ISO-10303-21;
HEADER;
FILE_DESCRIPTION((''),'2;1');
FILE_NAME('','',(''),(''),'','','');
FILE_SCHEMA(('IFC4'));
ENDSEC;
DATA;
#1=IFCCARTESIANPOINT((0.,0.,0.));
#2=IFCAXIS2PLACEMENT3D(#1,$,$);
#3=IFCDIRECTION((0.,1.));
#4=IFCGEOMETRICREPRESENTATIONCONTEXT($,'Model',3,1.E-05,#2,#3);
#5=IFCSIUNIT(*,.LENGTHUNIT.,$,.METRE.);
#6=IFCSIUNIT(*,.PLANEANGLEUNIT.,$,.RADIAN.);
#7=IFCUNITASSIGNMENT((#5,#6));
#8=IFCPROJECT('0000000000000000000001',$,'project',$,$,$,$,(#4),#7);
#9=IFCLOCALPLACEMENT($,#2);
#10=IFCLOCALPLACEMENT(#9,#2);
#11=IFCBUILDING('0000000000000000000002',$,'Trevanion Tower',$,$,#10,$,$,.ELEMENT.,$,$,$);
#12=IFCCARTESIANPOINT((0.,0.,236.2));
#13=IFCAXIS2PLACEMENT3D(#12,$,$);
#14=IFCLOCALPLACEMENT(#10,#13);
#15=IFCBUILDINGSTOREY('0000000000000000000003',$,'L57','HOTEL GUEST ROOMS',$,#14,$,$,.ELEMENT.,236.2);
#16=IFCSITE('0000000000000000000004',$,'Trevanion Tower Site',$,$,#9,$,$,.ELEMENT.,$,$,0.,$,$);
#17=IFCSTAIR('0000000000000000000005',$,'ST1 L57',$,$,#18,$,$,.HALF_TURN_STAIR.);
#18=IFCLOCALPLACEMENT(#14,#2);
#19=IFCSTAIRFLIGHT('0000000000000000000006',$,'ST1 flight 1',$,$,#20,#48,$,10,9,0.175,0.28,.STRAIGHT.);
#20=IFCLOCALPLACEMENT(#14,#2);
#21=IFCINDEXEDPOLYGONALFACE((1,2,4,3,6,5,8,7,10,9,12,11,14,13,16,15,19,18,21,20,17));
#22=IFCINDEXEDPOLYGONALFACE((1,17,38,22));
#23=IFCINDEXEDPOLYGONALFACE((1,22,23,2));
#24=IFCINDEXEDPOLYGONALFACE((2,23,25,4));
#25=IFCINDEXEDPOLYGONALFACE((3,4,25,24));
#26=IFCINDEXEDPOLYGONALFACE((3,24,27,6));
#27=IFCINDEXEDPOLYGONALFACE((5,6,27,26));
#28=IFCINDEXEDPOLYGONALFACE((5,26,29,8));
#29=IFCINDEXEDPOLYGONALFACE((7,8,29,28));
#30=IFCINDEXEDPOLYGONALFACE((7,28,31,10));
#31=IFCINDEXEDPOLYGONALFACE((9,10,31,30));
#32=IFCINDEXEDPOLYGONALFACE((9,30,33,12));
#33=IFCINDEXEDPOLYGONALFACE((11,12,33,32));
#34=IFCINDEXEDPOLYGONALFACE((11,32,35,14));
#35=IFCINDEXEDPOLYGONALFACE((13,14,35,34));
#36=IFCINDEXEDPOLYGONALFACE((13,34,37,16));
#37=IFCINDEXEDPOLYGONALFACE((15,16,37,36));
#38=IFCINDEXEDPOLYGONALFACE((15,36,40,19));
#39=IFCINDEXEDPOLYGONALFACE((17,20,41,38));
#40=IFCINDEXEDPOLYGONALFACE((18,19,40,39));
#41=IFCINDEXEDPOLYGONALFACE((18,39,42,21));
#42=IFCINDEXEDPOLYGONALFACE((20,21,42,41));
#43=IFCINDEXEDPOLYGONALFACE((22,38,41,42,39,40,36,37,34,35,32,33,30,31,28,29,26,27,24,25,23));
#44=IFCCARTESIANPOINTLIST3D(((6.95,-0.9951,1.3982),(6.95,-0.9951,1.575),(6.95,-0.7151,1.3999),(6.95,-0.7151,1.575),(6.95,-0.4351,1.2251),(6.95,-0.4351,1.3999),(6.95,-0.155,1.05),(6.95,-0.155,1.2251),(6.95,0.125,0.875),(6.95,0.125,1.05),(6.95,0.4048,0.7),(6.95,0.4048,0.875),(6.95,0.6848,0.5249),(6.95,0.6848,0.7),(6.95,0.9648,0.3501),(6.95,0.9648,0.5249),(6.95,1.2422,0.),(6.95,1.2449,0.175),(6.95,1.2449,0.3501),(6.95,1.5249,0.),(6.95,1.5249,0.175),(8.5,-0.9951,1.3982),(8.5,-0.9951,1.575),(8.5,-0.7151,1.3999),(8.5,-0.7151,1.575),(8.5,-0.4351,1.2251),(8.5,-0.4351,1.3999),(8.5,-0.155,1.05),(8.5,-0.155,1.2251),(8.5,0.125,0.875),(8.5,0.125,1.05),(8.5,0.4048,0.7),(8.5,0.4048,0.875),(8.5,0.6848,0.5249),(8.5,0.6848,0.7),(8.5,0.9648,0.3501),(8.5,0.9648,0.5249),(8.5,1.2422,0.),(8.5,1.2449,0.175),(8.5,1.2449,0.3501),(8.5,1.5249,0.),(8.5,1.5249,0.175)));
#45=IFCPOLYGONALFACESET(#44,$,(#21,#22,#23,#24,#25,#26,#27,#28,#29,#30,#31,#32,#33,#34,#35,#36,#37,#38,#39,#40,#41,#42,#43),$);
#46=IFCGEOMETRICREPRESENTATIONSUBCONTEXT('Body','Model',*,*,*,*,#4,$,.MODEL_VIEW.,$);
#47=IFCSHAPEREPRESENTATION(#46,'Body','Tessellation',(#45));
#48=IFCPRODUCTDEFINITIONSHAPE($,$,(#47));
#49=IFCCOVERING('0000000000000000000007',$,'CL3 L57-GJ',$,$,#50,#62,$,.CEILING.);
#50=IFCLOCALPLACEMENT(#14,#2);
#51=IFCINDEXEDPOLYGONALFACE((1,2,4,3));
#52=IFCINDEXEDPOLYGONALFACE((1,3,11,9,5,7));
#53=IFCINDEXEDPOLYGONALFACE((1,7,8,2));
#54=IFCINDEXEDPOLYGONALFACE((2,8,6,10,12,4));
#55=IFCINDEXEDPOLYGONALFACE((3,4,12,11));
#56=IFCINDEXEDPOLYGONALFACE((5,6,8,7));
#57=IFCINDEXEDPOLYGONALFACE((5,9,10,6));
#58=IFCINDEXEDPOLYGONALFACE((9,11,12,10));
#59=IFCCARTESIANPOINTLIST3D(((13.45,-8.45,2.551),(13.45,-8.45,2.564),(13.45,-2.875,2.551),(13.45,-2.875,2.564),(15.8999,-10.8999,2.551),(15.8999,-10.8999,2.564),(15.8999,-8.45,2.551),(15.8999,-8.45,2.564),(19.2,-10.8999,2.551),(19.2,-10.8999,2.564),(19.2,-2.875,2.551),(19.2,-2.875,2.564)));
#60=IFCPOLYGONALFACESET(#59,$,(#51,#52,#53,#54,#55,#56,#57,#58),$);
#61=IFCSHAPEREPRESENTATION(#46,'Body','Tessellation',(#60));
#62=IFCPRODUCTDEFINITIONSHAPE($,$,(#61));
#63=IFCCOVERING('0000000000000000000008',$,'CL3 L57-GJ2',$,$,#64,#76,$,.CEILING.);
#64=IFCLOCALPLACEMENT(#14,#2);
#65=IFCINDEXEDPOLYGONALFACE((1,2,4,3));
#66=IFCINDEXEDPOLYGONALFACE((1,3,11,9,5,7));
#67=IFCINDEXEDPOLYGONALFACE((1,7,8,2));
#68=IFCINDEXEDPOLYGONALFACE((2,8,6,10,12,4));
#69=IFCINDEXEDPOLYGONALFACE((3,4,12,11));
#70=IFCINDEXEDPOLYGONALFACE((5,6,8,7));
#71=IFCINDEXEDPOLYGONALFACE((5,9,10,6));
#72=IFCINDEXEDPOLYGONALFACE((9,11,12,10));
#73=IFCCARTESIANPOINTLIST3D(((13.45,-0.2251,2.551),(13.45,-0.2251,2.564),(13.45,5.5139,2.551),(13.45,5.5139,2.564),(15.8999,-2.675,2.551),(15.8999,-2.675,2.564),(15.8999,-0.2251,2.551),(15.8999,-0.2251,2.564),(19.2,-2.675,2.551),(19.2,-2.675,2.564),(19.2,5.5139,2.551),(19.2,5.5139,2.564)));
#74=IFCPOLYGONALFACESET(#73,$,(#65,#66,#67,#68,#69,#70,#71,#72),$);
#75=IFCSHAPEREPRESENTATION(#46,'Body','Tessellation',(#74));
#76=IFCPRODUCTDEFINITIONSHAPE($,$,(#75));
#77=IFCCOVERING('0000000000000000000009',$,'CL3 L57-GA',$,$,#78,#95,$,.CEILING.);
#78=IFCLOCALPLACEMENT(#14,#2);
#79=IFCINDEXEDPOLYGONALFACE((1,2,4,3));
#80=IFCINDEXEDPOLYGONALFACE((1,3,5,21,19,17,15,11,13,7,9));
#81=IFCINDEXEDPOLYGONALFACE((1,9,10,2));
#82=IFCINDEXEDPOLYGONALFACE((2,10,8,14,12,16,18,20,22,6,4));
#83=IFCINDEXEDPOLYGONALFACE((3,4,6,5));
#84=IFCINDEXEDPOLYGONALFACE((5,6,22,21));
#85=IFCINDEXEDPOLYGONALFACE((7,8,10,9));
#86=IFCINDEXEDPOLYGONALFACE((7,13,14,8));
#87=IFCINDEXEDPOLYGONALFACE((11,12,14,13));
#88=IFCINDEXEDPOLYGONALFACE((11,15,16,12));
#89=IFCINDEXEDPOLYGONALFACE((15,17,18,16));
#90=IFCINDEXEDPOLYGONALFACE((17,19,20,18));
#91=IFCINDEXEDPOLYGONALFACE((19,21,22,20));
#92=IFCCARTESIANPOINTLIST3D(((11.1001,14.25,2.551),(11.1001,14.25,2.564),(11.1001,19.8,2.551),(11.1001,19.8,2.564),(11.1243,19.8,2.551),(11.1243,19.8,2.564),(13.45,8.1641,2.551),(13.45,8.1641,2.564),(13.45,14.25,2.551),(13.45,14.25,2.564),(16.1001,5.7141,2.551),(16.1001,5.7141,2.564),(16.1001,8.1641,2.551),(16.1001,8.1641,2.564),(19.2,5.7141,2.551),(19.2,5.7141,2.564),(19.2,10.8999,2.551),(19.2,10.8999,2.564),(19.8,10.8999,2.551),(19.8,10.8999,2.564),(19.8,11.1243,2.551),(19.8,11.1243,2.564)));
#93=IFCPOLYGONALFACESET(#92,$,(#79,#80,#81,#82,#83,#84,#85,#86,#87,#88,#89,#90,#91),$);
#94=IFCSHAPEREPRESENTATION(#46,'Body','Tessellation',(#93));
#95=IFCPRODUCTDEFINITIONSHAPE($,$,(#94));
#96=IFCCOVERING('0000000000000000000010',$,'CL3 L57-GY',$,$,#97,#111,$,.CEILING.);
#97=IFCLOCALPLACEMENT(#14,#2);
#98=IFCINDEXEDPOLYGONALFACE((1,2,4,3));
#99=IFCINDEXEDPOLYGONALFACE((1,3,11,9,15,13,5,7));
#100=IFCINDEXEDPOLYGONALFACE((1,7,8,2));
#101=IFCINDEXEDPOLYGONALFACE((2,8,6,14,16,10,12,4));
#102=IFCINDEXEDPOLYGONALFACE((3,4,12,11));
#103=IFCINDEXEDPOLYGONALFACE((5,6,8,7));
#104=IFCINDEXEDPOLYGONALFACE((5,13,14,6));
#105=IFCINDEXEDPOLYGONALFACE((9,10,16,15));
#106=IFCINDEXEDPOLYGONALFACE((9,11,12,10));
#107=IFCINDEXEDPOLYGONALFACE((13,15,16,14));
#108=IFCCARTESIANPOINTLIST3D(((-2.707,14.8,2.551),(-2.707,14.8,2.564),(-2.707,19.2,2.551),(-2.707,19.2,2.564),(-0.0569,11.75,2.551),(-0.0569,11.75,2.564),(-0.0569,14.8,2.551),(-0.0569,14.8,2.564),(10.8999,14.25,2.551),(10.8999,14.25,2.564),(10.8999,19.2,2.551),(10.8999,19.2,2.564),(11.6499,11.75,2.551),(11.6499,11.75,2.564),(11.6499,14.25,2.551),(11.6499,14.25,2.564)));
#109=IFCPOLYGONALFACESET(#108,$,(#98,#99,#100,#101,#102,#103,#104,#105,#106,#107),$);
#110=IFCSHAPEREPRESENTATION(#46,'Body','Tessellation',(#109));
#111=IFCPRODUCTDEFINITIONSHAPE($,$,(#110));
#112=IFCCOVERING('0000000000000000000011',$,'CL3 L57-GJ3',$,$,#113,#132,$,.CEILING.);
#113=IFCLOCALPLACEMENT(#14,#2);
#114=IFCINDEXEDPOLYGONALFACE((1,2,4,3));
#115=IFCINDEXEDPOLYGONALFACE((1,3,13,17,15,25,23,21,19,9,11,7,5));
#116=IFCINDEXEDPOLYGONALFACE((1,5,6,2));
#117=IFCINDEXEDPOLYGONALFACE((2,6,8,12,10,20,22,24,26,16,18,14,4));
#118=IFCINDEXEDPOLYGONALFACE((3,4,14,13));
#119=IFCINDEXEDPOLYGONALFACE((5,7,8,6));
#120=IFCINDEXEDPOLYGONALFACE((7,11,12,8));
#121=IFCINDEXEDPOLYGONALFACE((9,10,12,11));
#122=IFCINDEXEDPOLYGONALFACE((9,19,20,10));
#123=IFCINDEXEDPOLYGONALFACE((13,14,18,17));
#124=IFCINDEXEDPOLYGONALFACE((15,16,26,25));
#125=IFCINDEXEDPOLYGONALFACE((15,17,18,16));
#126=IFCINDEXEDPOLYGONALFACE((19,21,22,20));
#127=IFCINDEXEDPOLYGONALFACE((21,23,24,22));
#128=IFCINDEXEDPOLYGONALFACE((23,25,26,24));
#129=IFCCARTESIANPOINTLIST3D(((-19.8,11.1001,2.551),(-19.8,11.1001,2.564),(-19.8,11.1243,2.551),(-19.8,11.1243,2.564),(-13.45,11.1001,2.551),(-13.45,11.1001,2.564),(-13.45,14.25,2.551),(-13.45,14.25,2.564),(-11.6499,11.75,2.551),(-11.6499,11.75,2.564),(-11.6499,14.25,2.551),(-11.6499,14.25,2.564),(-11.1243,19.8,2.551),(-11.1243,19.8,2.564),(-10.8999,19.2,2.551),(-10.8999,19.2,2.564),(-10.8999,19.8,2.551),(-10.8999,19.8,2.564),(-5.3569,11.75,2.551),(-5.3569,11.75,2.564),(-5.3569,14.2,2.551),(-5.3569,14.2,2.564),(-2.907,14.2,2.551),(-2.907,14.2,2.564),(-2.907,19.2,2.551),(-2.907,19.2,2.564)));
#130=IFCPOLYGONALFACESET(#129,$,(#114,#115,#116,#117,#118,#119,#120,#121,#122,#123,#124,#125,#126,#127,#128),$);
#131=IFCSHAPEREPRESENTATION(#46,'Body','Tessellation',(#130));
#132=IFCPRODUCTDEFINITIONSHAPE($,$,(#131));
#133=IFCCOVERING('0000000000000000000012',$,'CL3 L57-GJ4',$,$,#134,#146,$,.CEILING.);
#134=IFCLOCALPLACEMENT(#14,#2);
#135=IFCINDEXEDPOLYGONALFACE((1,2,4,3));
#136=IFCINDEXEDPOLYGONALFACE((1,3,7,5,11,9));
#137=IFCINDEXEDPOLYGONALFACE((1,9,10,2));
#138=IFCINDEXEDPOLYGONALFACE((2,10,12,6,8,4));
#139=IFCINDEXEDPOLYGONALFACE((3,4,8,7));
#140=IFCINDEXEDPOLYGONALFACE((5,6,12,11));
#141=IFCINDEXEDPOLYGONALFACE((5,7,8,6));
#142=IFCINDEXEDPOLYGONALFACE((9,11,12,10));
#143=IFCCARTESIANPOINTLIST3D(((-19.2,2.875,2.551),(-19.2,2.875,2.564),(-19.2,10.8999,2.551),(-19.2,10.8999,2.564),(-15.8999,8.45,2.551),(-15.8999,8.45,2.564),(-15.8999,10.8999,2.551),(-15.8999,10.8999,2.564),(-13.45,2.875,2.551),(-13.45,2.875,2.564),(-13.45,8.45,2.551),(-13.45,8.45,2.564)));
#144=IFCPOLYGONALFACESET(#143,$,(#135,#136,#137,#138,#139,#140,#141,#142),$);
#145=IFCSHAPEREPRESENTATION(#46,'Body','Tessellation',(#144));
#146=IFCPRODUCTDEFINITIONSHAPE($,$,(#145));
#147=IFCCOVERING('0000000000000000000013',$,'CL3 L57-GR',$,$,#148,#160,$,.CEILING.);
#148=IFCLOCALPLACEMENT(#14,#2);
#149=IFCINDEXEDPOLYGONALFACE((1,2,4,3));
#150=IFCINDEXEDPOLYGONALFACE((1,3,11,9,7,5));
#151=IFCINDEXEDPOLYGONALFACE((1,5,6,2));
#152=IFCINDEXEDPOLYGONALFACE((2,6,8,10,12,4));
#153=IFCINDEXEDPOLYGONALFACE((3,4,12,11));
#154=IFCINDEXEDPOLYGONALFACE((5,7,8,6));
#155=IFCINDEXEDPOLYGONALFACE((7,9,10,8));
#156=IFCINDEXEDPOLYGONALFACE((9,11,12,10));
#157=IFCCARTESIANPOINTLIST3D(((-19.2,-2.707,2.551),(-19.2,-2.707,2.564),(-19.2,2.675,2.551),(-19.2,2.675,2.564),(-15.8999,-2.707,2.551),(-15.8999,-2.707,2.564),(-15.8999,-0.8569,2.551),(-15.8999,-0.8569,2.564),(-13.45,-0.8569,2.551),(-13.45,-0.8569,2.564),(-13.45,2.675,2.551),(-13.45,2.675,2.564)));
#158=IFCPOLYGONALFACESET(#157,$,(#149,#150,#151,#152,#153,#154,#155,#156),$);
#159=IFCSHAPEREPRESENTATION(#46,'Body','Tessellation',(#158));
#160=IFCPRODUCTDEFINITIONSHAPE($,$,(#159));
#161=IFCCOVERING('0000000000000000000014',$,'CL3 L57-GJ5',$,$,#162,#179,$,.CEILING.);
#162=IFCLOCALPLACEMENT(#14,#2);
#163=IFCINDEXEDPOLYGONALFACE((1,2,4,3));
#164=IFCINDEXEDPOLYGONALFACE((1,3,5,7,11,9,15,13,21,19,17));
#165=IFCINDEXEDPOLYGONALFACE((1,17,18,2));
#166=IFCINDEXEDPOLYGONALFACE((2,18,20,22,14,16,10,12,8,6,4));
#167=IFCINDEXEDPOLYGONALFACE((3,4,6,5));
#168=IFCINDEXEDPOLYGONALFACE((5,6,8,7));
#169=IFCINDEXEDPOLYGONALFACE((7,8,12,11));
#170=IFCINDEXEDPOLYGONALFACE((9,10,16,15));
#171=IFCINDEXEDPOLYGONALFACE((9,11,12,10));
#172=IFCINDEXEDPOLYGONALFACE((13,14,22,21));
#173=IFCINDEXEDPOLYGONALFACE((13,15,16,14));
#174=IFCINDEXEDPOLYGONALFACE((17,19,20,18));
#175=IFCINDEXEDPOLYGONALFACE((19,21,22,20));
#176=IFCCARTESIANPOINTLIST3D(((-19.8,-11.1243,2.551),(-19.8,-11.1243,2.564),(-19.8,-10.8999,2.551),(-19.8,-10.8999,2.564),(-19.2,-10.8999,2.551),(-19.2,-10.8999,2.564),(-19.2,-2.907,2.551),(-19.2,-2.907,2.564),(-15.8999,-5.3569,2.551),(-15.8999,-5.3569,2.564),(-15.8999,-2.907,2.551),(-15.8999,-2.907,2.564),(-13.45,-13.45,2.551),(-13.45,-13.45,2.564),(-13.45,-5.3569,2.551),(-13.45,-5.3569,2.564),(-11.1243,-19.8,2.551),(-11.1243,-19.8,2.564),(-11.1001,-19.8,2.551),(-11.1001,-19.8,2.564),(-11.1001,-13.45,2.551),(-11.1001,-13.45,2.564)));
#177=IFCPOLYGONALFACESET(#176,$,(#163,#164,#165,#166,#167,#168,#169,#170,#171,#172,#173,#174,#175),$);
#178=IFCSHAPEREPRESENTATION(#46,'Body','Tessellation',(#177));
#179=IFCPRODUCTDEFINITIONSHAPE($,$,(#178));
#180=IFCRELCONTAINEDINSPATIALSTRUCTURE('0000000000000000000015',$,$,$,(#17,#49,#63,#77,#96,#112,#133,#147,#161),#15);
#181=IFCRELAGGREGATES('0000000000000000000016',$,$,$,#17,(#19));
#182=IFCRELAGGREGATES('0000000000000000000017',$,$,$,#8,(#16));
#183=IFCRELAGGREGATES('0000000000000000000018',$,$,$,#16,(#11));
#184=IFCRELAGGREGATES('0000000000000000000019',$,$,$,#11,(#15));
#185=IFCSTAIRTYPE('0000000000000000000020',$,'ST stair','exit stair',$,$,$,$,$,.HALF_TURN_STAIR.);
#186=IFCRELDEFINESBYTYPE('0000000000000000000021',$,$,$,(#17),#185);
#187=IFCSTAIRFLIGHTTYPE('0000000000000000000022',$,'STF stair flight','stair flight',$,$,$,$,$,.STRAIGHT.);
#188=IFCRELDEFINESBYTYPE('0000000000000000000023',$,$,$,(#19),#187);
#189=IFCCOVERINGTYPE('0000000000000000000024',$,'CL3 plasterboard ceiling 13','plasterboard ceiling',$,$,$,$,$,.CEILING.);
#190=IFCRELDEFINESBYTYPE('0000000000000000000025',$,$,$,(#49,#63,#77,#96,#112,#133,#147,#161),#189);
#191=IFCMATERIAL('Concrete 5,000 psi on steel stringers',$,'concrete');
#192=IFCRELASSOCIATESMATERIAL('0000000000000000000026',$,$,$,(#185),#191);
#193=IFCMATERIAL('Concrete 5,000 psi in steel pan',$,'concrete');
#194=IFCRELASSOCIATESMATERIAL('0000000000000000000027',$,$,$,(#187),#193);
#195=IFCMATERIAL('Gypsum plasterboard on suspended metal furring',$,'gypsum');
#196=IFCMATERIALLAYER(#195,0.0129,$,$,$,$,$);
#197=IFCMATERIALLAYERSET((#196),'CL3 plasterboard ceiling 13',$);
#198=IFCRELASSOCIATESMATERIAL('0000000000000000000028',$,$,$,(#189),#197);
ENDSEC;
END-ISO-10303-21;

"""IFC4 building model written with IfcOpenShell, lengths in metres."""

from ifc_helpers import new_model, si_unit, direction, frame, origin, place, context, subcontext, project, spatial, polyline, outline, extrude, material, layer, layer_set, type_object, element, aggregate, save


model = new_model("IFC4")

# Units and contexts
model_context = context("Model", 3, precision=1e-05, world=origin(), true_north=direction((0.0, 1.0)))
body_context = subcontext(model_context, "Body", "Model", "MODEL_VIEW")
ifc_project = project(units=[si_unit("LENGTHUNIT", "METRE"), si_unit("PLANEANGLEUNIT", "RADIAN")], contexts=[model_context])

# Site, building, storey
site_placement = place(None, origin())
site = spatial("IfcSite", under=ifc_project, at=site_placement, Name="Trevanion Tower Site", CompositionType="ELEMENT", RefElevation=0.0)
building_placement = place(site_placement, origin())
building = spatial("IfcBuilding", under=site, at=building_placement, Name="Trevanion Tower", CompositionType="ELEMENT")
storey_placement = place(building_placement, frame((0.0, 0.0, 236.2)))
storey = spatial("IfcBuildingStorey", under=building, at=storey_placement, Name="L57", Description="HOTEL GUEST ROOMS", CompositionType="ELEMENT", Elevation=236.2)

# Stair, stair flight
ifc_material_1 = material(Name="Concrete 5,000 psi on steel stringers", Category="concrete")
stair_type = type_object("IfcStairType", Name="ST stair", Description="exit stair", PredefinedType="HALF_TURN_STAIR", material=ifc_material_1)
stair_placement = place(storey_placement, origin())
stair = element("IfcStair", 1, at=stair_placement, inside=storey, type_object=stair_type, Name="ST1 L57", PredefinedType="HALF_TURN_STAIR")
ifc_material_2 = material(Name="Concrete 5,000 psi in steel pan", Category="concrete")
stair_flight_type = type_object("IfcStairFlightType", Name="STF stair flight", Description="stair flight", PredefinedType="STRAIGHT", material=ifc_material_2)
stair_flight_placement = place(storey_placement, frame((7.7251, 1.5249, 0.0), z_axis=(0.0, 0.0, 1.0), x_axis=(0.0, -1.0, 0.0)))
stair_flight = element("IfcStairFlight", 2, at=stair_flight_placement, type_object=stair_flight_type, Name="ST1 flight 1", NumberOfRisers=10, NumberOfTreads=9, PredefinedType="STRAIGHT", RiserHeight=0.175, TreadLength=0.28, context=body_context, shape_type="SweptSolid", body=[
    extrude(outline(polyline([(0.0, 0.0), (0.0, 0.175), (0.28, 0.175), (0.28, 0.3501), (0.5601, 0.3501), (0.5601, 0.5249), (0.8401, 0.5249), (0.8401, 0.7), (1.1201, 0.7), (1.1201, 0.875), (1.3999, 0.875), (1.3999, 1.05), (1.6799, 1.05), (1.6799, 1.2251), (1.96, 1.2251), (1.96, 1.3999), (2.24, 1.3999), (2.24, 1.575), (2.52, 1.575), (2.52, 1.75), (2.52, 1.3982), (0.2827, 0.0), (0.0, 0.0)])), frame((0.0, 0.7749, 0.0), z_axis=(0.0, -1.0, 0.0), x_axis=(1.0, 0.0, 0.0)), (0.0, 0.0, 1.0), 1.55),
])
aggregate(stair, [stair_flight])

# Coverings
ifc_material_3 = material(Name="Gypsum plasterboard on suspended metal furring", Category="gypsum")
ifc_layer_1 = layer(ifc_material_3, 0.0129)
ifc_layer_set_1 = layer_set([ifc_layer_1], Name="CL3 plasterboard ceiling 13")
covering_type_1 = type_object("IfcCoveringType", Name="CL3 plasterboard ceiling 13", Description="plasterboard ceiling", PredefinedType="CEILING", material=ifc_layer_set_1)
covering_1_placement = place(storey_placement, frame((0.0, 0.0, 2.551)))
element("IfcCovering", 3, at=covering_1_placement, inside=storey, type_object=covering_type_1, Name="CL3 L57-GJ", PredefinedType="CEILING", context=body_context, shape_type="SweptSolid", body=[
    extrude(outline(polyline([(13.45, -2.875), (19.2, -2.875), (19.2, -10.8999), (15.8999, -10.8999), (15.8999, -8.45), (13.45, -8.45), (13.45, -2.875)])), origin(), (0.0, 0.0, 1.0), 0.0129),
])
covering_2_placement = place(storey_placement, frame((0.0, 0.0, 2.551)))
element("IfcCovering", 4, at=covering_2_placement, inside=storey, type_object=covering_type_1, Name="CL3 L57-GJ2", PredefinedType="CEILING", context=body_context, shape_type="SweptSolid", body=[
    extrude(outline(polyline([(13.45, 5.5139), (19.2, 5.5139), (19.2, -2.675), (15.8999, -2.675), (15.8999, -0.2251), (13.45, -0.2251), (13.45, 5.5139)])), origin(), (0.0, 0.0, 1.0), 0.0129),
])
covering_3_placement = place(storey_placement, frame((0.0, 0.0, 2.551)))
element("IfcCovering", 5, at=covering_3_placement, inside=storey, type_object=covering_type_1, Name="CL3 L57-GA", PredefinedType="CEILING", context=body_context, shape_type="SweptSolid", body=[
    extrude(outline(polyline([(11.1001, 14.25), (11.1001, 19.8), (11.1243, 19.8), (19.8, 11.1243), (19.8, 10.8999), (19.2, 10.8999), (19.2, 5.7141), (16.1001, 5.7141), (16.1001, 8.1641), (13.45, 8.1641), (13.45, 14.25), (11.1001, 14.25)])), origin(), (0.0, 0.0, 1.0), 0.0129),
])
covering_4_placement = place(storey_placement, frame((0.0, 0.0, 2.551)))
element("IfcCovering", 6, at=covering_4_placement, inside=storey, type_object=covering_type_1, Name="CL3 L57-GY", PredefinedType="CEILING", context=body_context, shape_type="SweptSolid", body=[
    extrude(outline(polyline([(-2.707, 19.2), (10.8999, 19.2), (10.8999, 14.25), (11.6499, 14.25), (11.6499, 11.75), (-0.0569, 11.75), (-0.0569, 14.8), (-2.707, 14.8), (-2.707, 19.2)])), origin(), (0.0, 0.0, 1.0), 0.0129),
])
covering_5_placement = place(storey_placement, frame((0.0, 0.0, 2.551)))
element("IfcCovering", 7, at=covering_5_placement, inside=storey, type_object=covering_type_1, Name="CL3 L57-GJ3", PredefinedType="CEILING", context=body_context, shape_type="SweptSolid", body=[
    extrude(outline(polyline([(-13.45, 11.1001), (-19.8, 11.1001), (-19.8, 11.1243), (-11.1243, 19.8), (-10.8999, 19.8), (-10.8999, 19.2), (-2.907, 19.2), (-2.907, 14.2), (-5.3569, 14.2), (-5.3569, 11.75), (-11.6499, 11.75), (-11.6499, 14.25), (-13.45, 14.25), (-13.45, 11.1001)])), origin(), (0.0, 0.0, 1.0), 0.0129),
])
covering_6_placement = place(storey_placement, frame((0.0, 0.0, 2.551)))
element("IfcCovering", 8, at=covering_6_placement, inside=storey, type_object=covering_type_1, Name="CL3 L57-GJ4", PredefinedType="CEILING", context=body_context, shape_type="SweptSolid", body=[
    extrude(outline(polyline([(-13.45, 2.875), (-19.2, 2.875), (-19.2, 10.8999), (-15.8999, 10.8999), (-15.8999, 8.45), (-13.45, 8.45), (-13.45, 2.875)])), origin(), (0.0, 0.0, 1.0), 0.0129),
])
covering_7_placement = place(storey_placement, frame((0.0, 0.0, 2.551)))
element("IfcCovering", 9, at=covering_7_placement, inside=storey, type_object=covering_type_1, Name="CL3 L57-GR", PredefinedType="CEILING", context=body_context, shape_type="SweptSolid", body=[
    extrude(outline(polyline([(-13.45, -0.8569), (-15.8999, -0.8569), (-15.8999, -2.707), (-19.2, -2.707), (-19.2, 2.675), (-13.45, 2.675), (-13.45, -0.8569)])), origin(), (0.0, 0.0, 1.0), 0.0129),
])
covering_8_placement = place(storey_placement, frame((0.0, 0.0, 2.551)))
element("IfcCovering", 10, at=covering_8_placement, inside=storey, type_object=covering_type_1, Name="CL3 L57-GJ5", PredefinedType="CEILING", context=body_context, shape_type="SweptSolid", body=[
    extrude(outline(polyline([(-11.1001, -13.45), (-11.1001, -19.8), (-11.1243, -19.8), (-19.8, -11.1243), (-19.8, -10.8999), (-19.2, -10.8999), (-19.2, -2.907), (-15.8999, -2.907), (-15.8999, -5.3569), (-13.45, -5.3569), (-13.45, -13.45), (-11.1001, -13.45)])), origin(), (0.0, 0.0, 1.0), 0.0129),
])

save(model, "model.ifc")
